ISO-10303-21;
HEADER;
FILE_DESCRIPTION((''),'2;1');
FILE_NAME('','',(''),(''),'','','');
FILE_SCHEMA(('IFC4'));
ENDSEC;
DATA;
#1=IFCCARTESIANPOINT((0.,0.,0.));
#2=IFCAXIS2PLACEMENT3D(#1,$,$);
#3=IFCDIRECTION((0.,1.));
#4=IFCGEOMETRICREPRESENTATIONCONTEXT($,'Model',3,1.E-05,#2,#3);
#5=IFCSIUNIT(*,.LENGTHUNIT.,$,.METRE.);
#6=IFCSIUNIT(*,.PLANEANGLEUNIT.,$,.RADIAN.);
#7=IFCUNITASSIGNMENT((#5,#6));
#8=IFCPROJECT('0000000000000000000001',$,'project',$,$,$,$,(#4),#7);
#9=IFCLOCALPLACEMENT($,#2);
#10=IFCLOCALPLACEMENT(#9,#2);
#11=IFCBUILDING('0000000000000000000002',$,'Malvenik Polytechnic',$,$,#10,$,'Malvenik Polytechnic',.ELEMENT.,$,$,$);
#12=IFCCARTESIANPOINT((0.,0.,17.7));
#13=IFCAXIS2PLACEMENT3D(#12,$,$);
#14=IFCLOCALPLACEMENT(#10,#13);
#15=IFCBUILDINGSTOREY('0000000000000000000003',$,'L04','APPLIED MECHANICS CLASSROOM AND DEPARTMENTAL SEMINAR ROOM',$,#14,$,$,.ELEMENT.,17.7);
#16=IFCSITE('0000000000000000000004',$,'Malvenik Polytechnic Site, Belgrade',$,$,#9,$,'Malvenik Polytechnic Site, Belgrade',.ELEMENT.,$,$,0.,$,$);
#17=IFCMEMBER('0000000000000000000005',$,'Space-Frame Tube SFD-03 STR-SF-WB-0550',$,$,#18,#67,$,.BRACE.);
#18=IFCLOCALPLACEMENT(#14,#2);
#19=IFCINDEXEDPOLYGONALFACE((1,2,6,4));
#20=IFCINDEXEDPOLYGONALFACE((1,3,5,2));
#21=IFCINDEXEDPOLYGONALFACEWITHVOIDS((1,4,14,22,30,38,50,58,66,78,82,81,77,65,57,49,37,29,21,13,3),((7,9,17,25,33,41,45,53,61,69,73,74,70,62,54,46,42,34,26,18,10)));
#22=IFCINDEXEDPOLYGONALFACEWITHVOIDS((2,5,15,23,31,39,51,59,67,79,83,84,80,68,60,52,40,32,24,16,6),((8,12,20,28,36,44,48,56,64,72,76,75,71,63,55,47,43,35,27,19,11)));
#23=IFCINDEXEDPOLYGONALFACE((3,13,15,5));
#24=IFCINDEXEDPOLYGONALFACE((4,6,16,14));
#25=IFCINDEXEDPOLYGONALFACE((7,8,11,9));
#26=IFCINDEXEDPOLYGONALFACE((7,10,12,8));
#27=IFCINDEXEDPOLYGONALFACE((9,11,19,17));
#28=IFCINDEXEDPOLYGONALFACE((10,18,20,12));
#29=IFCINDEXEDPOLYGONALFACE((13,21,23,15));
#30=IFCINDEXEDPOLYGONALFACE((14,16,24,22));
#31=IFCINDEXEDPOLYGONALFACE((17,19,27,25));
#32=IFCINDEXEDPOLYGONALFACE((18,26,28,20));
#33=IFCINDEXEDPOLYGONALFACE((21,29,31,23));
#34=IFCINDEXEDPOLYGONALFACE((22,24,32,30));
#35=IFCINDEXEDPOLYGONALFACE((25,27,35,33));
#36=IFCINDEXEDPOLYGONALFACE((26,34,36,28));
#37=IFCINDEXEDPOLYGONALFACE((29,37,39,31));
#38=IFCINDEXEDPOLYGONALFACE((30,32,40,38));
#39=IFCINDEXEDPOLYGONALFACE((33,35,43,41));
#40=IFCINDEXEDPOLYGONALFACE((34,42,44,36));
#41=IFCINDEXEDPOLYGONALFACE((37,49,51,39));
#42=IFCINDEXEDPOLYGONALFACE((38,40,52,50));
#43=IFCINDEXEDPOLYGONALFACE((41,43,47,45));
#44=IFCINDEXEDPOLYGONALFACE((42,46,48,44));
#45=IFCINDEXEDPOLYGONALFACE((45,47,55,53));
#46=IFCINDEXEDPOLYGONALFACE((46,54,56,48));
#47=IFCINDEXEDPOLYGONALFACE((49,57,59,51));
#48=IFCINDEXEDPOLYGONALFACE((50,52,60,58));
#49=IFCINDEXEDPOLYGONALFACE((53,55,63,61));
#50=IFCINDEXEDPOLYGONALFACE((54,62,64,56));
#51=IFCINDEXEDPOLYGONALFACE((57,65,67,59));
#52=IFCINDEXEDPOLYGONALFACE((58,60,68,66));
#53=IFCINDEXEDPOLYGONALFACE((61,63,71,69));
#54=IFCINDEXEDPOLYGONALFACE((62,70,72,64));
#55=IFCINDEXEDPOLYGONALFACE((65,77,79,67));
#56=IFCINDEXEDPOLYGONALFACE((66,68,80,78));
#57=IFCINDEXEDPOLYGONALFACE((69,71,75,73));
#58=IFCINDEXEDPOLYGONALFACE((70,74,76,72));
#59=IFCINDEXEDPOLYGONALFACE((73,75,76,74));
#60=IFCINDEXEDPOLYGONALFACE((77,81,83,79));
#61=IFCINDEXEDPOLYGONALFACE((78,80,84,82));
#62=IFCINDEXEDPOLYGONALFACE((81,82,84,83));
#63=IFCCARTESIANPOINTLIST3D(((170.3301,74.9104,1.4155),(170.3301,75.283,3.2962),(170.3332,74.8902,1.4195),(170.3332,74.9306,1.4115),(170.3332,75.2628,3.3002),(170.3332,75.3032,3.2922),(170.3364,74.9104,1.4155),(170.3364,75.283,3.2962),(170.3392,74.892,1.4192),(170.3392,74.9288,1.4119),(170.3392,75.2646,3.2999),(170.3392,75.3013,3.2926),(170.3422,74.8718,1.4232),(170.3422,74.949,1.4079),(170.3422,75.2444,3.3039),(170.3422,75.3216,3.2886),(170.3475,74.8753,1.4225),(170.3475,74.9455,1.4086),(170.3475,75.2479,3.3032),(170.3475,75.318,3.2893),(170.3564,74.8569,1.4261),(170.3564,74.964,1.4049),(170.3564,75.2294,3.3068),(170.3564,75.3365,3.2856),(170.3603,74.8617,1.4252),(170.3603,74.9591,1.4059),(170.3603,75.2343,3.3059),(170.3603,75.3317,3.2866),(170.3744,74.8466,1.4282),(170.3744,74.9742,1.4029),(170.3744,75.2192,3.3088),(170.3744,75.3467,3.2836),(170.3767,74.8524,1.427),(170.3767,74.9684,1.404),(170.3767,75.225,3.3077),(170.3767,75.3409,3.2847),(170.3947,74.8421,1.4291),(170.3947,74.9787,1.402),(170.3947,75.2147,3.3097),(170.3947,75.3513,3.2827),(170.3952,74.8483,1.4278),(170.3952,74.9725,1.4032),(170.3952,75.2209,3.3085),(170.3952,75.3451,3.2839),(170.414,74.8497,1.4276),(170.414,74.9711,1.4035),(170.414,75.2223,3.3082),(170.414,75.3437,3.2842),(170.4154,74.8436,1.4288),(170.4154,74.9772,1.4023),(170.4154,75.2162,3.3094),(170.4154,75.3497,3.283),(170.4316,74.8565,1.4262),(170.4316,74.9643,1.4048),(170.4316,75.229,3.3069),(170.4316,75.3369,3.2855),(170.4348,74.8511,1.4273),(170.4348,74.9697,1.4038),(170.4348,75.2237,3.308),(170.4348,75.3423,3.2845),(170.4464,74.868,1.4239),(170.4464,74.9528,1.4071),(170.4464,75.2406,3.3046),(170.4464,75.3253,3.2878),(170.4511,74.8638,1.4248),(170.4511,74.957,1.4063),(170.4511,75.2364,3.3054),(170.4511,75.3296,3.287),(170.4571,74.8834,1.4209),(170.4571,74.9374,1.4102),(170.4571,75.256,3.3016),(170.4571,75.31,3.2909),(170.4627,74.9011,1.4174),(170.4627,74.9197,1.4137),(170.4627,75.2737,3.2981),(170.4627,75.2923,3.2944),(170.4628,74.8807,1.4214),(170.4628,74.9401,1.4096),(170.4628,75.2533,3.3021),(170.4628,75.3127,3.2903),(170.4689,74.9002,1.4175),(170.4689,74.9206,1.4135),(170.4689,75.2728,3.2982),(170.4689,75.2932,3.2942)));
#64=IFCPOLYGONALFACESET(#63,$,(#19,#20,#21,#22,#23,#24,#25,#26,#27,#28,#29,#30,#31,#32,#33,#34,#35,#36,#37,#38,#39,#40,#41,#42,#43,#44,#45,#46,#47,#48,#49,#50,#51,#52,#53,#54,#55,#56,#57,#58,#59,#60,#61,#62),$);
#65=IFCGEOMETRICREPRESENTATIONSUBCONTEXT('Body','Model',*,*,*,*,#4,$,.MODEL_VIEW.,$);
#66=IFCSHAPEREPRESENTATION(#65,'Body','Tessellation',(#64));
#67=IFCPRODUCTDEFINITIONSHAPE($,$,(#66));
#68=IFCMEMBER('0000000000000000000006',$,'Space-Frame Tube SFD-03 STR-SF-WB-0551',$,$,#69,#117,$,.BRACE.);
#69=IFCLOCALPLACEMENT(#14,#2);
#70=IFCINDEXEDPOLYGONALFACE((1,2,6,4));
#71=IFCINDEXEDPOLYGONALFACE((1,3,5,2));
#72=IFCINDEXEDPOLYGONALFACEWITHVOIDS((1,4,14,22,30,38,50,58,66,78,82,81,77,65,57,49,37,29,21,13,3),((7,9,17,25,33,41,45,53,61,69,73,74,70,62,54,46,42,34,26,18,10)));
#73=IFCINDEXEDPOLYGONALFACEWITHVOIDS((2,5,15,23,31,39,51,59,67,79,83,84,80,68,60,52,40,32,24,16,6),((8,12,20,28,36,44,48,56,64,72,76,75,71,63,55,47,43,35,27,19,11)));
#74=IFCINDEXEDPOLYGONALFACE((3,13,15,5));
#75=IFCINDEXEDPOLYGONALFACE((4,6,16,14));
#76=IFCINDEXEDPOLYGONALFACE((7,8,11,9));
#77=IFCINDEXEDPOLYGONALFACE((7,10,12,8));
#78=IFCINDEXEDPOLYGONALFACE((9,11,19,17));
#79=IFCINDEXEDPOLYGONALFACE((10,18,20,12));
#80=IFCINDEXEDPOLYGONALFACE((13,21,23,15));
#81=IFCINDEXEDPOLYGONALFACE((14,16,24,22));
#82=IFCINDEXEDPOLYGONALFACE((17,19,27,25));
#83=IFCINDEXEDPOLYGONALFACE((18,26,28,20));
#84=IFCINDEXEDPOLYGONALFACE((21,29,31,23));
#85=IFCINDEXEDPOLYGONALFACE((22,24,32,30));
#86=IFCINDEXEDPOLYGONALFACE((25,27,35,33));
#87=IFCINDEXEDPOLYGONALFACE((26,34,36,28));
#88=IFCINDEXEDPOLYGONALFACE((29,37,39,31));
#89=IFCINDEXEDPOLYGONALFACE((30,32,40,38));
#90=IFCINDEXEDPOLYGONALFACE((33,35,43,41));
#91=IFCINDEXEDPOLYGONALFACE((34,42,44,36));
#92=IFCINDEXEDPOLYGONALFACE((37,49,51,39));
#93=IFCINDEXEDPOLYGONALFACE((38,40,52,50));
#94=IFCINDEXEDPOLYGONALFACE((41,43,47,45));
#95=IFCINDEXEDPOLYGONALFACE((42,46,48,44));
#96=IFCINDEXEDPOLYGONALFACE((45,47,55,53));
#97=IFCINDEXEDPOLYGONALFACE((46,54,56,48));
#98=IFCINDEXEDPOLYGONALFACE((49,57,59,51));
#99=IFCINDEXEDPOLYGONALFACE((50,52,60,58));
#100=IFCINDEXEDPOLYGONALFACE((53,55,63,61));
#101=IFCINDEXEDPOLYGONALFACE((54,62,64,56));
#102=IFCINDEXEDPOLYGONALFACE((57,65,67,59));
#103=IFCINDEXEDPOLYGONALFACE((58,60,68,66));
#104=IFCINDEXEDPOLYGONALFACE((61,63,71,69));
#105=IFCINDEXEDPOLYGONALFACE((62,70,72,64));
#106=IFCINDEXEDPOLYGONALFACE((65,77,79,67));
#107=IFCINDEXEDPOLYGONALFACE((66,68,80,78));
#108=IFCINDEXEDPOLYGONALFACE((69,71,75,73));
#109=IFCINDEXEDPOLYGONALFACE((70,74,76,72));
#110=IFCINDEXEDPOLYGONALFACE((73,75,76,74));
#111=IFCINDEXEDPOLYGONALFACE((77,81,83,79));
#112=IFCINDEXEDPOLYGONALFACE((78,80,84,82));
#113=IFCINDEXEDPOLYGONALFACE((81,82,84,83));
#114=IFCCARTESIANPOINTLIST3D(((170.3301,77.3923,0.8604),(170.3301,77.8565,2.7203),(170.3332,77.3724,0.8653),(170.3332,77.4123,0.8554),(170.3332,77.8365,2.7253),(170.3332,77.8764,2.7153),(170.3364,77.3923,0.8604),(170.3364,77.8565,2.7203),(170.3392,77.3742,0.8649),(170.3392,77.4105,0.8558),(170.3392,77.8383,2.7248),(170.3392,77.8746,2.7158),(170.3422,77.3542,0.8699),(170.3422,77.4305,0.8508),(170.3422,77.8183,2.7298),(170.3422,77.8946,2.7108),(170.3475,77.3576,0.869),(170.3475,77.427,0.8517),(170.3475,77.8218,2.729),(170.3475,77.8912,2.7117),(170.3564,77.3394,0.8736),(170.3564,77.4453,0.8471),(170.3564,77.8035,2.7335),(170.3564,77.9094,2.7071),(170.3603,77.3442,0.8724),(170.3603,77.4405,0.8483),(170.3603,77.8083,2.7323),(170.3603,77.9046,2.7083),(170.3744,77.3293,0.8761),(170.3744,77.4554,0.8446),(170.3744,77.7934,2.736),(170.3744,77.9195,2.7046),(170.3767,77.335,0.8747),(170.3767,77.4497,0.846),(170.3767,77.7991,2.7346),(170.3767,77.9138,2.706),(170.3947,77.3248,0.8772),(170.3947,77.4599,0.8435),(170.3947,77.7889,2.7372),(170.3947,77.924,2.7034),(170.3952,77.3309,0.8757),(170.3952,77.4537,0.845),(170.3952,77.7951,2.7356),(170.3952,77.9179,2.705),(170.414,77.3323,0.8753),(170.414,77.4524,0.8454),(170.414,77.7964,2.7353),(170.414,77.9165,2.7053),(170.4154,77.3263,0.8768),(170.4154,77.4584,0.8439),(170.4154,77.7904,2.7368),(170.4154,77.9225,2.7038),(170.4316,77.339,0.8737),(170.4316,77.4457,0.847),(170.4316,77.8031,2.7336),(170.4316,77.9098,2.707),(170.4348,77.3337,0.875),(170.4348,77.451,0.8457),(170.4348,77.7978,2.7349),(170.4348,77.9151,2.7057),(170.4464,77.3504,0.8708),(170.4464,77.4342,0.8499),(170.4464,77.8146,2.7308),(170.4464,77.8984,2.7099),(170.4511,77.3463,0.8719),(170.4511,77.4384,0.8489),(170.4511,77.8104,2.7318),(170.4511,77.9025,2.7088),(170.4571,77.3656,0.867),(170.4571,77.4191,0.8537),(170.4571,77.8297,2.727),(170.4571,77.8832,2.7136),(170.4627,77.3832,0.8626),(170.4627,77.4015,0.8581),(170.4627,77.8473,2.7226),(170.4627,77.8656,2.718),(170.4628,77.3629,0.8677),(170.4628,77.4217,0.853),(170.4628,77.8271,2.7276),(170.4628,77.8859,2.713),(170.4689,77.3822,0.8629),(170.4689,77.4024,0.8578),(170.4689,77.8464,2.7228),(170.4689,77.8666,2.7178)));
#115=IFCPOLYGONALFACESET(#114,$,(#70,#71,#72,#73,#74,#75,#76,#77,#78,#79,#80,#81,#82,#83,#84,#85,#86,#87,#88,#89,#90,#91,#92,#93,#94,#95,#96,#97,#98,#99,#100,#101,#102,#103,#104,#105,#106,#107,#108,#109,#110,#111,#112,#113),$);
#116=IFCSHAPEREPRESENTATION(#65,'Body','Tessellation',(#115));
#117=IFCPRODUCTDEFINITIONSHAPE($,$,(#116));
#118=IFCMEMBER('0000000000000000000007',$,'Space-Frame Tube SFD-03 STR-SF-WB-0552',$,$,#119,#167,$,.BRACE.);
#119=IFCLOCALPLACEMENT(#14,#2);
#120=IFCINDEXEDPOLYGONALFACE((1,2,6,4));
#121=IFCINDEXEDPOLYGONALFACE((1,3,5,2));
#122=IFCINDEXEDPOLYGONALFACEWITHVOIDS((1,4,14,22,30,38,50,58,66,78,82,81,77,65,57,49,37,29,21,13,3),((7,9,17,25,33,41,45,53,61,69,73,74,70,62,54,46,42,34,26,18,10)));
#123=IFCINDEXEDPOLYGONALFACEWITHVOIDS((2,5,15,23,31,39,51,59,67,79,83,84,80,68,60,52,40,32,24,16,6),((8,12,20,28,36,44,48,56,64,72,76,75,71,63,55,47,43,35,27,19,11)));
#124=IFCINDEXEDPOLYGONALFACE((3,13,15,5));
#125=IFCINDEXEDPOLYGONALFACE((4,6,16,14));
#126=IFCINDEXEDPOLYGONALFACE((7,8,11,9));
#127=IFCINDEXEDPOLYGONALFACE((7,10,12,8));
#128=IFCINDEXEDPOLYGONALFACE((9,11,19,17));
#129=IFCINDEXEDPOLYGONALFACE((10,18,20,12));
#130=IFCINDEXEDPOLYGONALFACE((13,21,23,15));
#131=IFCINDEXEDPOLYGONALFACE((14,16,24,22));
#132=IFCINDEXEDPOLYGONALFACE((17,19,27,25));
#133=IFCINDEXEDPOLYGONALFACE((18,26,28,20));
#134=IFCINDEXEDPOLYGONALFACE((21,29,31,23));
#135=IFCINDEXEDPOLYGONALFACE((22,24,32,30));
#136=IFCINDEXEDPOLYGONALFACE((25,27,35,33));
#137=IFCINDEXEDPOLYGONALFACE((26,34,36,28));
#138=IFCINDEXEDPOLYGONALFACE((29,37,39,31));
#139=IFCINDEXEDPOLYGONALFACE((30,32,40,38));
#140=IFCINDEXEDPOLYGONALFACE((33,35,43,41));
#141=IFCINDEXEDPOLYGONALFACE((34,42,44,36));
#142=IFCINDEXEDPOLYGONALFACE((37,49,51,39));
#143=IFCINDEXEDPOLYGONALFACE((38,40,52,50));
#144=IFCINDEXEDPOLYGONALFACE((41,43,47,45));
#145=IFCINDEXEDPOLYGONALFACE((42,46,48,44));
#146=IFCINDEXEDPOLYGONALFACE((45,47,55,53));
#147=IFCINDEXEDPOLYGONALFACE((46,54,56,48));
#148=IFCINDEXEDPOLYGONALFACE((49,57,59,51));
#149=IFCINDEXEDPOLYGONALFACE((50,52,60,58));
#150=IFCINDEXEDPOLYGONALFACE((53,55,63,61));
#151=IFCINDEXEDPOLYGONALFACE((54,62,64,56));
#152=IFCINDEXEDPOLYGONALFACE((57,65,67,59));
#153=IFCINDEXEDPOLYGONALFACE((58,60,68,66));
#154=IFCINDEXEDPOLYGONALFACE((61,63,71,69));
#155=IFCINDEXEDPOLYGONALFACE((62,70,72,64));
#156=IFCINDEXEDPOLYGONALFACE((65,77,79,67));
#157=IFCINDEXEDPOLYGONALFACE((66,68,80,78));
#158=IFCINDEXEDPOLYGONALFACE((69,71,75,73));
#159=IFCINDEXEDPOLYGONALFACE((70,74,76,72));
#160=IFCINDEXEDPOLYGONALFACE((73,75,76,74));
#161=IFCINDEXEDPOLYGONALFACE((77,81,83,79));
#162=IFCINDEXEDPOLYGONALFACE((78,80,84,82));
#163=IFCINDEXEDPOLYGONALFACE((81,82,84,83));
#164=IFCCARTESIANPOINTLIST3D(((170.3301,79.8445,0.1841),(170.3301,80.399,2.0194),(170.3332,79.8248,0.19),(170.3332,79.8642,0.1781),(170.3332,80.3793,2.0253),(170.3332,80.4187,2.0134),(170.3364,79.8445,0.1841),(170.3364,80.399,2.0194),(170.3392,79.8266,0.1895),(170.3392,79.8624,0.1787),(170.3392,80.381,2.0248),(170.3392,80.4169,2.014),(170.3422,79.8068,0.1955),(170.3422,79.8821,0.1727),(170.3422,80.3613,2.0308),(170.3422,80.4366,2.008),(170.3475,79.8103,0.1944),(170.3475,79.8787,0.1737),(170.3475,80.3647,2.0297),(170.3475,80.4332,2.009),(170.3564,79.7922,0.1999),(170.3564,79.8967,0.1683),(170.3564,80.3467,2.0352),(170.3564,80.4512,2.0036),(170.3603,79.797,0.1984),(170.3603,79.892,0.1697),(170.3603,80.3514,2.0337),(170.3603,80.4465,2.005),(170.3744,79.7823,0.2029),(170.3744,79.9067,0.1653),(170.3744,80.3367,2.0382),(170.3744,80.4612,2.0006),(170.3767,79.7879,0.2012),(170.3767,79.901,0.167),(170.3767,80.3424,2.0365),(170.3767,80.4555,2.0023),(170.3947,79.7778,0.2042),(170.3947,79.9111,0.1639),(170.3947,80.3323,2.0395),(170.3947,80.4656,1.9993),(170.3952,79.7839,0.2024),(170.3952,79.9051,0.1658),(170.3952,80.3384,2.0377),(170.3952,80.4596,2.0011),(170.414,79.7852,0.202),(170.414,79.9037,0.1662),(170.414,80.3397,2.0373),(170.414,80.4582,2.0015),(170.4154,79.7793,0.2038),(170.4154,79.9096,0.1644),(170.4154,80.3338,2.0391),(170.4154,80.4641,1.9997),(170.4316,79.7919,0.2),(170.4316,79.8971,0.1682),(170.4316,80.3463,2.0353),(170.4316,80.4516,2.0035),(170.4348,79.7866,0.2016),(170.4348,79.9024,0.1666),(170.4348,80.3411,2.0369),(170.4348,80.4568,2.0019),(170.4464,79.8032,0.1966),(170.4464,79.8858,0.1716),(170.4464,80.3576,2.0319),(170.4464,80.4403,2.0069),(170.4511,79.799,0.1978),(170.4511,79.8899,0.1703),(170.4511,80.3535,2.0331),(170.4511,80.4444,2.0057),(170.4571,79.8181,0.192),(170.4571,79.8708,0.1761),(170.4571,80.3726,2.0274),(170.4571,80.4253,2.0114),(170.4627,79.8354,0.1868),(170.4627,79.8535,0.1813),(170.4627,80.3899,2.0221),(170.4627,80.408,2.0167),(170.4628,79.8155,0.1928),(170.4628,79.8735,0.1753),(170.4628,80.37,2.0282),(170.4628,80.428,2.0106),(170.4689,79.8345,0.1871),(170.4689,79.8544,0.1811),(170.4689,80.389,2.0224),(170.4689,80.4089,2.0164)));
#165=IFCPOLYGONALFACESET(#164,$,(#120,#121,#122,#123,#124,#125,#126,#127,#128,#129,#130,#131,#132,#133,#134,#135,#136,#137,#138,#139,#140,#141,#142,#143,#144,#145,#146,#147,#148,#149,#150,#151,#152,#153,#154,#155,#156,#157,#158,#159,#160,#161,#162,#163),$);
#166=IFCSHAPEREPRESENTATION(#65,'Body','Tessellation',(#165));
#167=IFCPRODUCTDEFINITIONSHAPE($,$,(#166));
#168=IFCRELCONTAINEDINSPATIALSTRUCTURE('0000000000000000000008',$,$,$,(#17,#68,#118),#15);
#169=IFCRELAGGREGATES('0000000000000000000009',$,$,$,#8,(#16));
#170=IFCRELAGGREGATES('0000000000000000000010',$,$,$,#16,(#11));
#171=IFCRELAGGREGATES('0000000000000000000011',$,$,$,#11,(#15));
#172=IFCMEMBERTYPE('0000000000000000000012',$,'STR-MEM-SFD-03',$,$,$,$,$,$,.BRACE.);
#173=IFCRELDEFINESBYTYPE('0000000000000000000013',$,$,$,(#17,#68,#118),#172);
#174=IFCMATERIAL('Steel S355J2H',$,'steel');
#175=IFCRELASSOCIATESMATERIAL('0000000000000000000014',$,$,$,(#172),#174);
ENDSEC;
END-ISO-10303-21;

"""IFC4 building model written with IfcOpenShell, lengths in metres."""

from ifc_helpers import new_model, si_unit, direction, frame, origin, origin_2d, place, context, subcontext, project, spatial, hollow_circle, extrude, material, material_profile, profile_set, type_object, element, save


model = new_model("IFC4")

# Units and contexts
model_context = context("Model", 3, precision=1e-05, world=origin(), true_north=direction((0.0, 1.0)))
body_context = subcontext(model_context, "Body", "Model", "MODEL_VIEW")
ifc_project = project(units=[si_unit("LENGTHUNIT", "METRE"), si_unit("PLANEANGLEUNIT", "RADIAN")], contexts=[model_context])

# Site, building, storey
site_placement = place(None, origin())
site = spatial("IfcSite", under=ifc_project, at=site_placement, Name="Malvenik Polytechnic Site, Belgrade", LongName="Malvenik Polytechnic Site, Belgrade", CompositionType="ELEMENT", RefElevation=0.0)
building_placement = place(site_placement, origin())
building = spatial("IfcBuilding", under=site, at=building_placement, Name="Malvenik Polytechnic", LongName="Malvenik Polytechnic", CompositionType="ELEMENT")
storey_placement = place(building_placement, frame((0.0, 0.0, 17.7)))
storey = spatial("IfcBuildingStorey", under=building, at=storey_placement, Name="L04", Description="APPLIED MECHANICS CLASSROOM AND DEPARTMENTAL SEMINAR ROOM", CompositionType="ELEMENT", Elevation=17.7)

# Members
ifc_material = material(Name="Steel S355J2H", Category="steel")
ifc_material_profile_1 = material_profile(ifc_material, hollow_circle(Radius=0.0698, WallThickness=0.0063, at=origin_2d()), Name="CHS 139.7x6.3")
ifc_profile_set_1 = profile_set([ifc_material_profile_1], Name="Steel S355J2H")
member_type_1 = type_object("IfcMemberType", Name="STR-MEM-SFD-03", PredefinedType="BRACE", material=ifc_profile_set_1)
member_1_placement = place(storey_placement, frame((170.3999, 74.9104, 1.4155), z_axis=(0.0, 0.194328, 0.980937), x_axis=(-1.0, 0.0, 0.0)))
element("IfcMember", 1, at=member_1_placement, inside=storey, type_object=member_type_1, Name="Space-Frame Tube SFD-03 STR-SF-WB-0550", PredefinedType="BRACE", context=body_context, shape_type="SweptSolid", body=[
    extrude(hollow_circle(Radius=0.0698, WallThickness=0.0063, at=origin_2d()), origin(), (0.0, 0.0, 1.0), 1.9172),
])
member_2_placement = place(storey_placement, frame((170.3999, 77.3923, 0.8604), z_axis=(0.0, 0.242116, 0.970247), x_axis=(-1.0, 0.0, 0.0)))
element("IfcMember", 2, at=member_2_placement, inside=storey, type_object=member_type_1, Name="Space-Frame Tube SFD-03 STR-SF-WB-0551", PredefinedType="BRACE", context=body_context, shape_type="SweptSolid", body=[
    extrude(hollow_circle(Radius=0.0698, WallThickness=0.0063, at=origin_2d()), origin(), (0.0, 0.0, 1.0), 1.917),
])
member_3_placement = place(storey_placement, frame((170.3999, 79.8445, 0.1841), z_axis=(0.0, 0.289205, 0.957267), x_axis=(-1.0, 0.0, 0.0)))
element("IfcMember", 3, at=member_3_placement, inside=storey, type_object=member_type_1, Name="Space-Frame Tube SFD-03 STR-SF-WB-0552", PredefinedType="BRACE", context=body_context, shape_type="SweptSolid", body=[
    extrude(hollow_circle(Radius=0.0698, WallThickness=0.0063, at=origin_2d()), origin(), (0.0, 0.0, 1.0), 1.9172),
])

save(model, "model.ifc")
